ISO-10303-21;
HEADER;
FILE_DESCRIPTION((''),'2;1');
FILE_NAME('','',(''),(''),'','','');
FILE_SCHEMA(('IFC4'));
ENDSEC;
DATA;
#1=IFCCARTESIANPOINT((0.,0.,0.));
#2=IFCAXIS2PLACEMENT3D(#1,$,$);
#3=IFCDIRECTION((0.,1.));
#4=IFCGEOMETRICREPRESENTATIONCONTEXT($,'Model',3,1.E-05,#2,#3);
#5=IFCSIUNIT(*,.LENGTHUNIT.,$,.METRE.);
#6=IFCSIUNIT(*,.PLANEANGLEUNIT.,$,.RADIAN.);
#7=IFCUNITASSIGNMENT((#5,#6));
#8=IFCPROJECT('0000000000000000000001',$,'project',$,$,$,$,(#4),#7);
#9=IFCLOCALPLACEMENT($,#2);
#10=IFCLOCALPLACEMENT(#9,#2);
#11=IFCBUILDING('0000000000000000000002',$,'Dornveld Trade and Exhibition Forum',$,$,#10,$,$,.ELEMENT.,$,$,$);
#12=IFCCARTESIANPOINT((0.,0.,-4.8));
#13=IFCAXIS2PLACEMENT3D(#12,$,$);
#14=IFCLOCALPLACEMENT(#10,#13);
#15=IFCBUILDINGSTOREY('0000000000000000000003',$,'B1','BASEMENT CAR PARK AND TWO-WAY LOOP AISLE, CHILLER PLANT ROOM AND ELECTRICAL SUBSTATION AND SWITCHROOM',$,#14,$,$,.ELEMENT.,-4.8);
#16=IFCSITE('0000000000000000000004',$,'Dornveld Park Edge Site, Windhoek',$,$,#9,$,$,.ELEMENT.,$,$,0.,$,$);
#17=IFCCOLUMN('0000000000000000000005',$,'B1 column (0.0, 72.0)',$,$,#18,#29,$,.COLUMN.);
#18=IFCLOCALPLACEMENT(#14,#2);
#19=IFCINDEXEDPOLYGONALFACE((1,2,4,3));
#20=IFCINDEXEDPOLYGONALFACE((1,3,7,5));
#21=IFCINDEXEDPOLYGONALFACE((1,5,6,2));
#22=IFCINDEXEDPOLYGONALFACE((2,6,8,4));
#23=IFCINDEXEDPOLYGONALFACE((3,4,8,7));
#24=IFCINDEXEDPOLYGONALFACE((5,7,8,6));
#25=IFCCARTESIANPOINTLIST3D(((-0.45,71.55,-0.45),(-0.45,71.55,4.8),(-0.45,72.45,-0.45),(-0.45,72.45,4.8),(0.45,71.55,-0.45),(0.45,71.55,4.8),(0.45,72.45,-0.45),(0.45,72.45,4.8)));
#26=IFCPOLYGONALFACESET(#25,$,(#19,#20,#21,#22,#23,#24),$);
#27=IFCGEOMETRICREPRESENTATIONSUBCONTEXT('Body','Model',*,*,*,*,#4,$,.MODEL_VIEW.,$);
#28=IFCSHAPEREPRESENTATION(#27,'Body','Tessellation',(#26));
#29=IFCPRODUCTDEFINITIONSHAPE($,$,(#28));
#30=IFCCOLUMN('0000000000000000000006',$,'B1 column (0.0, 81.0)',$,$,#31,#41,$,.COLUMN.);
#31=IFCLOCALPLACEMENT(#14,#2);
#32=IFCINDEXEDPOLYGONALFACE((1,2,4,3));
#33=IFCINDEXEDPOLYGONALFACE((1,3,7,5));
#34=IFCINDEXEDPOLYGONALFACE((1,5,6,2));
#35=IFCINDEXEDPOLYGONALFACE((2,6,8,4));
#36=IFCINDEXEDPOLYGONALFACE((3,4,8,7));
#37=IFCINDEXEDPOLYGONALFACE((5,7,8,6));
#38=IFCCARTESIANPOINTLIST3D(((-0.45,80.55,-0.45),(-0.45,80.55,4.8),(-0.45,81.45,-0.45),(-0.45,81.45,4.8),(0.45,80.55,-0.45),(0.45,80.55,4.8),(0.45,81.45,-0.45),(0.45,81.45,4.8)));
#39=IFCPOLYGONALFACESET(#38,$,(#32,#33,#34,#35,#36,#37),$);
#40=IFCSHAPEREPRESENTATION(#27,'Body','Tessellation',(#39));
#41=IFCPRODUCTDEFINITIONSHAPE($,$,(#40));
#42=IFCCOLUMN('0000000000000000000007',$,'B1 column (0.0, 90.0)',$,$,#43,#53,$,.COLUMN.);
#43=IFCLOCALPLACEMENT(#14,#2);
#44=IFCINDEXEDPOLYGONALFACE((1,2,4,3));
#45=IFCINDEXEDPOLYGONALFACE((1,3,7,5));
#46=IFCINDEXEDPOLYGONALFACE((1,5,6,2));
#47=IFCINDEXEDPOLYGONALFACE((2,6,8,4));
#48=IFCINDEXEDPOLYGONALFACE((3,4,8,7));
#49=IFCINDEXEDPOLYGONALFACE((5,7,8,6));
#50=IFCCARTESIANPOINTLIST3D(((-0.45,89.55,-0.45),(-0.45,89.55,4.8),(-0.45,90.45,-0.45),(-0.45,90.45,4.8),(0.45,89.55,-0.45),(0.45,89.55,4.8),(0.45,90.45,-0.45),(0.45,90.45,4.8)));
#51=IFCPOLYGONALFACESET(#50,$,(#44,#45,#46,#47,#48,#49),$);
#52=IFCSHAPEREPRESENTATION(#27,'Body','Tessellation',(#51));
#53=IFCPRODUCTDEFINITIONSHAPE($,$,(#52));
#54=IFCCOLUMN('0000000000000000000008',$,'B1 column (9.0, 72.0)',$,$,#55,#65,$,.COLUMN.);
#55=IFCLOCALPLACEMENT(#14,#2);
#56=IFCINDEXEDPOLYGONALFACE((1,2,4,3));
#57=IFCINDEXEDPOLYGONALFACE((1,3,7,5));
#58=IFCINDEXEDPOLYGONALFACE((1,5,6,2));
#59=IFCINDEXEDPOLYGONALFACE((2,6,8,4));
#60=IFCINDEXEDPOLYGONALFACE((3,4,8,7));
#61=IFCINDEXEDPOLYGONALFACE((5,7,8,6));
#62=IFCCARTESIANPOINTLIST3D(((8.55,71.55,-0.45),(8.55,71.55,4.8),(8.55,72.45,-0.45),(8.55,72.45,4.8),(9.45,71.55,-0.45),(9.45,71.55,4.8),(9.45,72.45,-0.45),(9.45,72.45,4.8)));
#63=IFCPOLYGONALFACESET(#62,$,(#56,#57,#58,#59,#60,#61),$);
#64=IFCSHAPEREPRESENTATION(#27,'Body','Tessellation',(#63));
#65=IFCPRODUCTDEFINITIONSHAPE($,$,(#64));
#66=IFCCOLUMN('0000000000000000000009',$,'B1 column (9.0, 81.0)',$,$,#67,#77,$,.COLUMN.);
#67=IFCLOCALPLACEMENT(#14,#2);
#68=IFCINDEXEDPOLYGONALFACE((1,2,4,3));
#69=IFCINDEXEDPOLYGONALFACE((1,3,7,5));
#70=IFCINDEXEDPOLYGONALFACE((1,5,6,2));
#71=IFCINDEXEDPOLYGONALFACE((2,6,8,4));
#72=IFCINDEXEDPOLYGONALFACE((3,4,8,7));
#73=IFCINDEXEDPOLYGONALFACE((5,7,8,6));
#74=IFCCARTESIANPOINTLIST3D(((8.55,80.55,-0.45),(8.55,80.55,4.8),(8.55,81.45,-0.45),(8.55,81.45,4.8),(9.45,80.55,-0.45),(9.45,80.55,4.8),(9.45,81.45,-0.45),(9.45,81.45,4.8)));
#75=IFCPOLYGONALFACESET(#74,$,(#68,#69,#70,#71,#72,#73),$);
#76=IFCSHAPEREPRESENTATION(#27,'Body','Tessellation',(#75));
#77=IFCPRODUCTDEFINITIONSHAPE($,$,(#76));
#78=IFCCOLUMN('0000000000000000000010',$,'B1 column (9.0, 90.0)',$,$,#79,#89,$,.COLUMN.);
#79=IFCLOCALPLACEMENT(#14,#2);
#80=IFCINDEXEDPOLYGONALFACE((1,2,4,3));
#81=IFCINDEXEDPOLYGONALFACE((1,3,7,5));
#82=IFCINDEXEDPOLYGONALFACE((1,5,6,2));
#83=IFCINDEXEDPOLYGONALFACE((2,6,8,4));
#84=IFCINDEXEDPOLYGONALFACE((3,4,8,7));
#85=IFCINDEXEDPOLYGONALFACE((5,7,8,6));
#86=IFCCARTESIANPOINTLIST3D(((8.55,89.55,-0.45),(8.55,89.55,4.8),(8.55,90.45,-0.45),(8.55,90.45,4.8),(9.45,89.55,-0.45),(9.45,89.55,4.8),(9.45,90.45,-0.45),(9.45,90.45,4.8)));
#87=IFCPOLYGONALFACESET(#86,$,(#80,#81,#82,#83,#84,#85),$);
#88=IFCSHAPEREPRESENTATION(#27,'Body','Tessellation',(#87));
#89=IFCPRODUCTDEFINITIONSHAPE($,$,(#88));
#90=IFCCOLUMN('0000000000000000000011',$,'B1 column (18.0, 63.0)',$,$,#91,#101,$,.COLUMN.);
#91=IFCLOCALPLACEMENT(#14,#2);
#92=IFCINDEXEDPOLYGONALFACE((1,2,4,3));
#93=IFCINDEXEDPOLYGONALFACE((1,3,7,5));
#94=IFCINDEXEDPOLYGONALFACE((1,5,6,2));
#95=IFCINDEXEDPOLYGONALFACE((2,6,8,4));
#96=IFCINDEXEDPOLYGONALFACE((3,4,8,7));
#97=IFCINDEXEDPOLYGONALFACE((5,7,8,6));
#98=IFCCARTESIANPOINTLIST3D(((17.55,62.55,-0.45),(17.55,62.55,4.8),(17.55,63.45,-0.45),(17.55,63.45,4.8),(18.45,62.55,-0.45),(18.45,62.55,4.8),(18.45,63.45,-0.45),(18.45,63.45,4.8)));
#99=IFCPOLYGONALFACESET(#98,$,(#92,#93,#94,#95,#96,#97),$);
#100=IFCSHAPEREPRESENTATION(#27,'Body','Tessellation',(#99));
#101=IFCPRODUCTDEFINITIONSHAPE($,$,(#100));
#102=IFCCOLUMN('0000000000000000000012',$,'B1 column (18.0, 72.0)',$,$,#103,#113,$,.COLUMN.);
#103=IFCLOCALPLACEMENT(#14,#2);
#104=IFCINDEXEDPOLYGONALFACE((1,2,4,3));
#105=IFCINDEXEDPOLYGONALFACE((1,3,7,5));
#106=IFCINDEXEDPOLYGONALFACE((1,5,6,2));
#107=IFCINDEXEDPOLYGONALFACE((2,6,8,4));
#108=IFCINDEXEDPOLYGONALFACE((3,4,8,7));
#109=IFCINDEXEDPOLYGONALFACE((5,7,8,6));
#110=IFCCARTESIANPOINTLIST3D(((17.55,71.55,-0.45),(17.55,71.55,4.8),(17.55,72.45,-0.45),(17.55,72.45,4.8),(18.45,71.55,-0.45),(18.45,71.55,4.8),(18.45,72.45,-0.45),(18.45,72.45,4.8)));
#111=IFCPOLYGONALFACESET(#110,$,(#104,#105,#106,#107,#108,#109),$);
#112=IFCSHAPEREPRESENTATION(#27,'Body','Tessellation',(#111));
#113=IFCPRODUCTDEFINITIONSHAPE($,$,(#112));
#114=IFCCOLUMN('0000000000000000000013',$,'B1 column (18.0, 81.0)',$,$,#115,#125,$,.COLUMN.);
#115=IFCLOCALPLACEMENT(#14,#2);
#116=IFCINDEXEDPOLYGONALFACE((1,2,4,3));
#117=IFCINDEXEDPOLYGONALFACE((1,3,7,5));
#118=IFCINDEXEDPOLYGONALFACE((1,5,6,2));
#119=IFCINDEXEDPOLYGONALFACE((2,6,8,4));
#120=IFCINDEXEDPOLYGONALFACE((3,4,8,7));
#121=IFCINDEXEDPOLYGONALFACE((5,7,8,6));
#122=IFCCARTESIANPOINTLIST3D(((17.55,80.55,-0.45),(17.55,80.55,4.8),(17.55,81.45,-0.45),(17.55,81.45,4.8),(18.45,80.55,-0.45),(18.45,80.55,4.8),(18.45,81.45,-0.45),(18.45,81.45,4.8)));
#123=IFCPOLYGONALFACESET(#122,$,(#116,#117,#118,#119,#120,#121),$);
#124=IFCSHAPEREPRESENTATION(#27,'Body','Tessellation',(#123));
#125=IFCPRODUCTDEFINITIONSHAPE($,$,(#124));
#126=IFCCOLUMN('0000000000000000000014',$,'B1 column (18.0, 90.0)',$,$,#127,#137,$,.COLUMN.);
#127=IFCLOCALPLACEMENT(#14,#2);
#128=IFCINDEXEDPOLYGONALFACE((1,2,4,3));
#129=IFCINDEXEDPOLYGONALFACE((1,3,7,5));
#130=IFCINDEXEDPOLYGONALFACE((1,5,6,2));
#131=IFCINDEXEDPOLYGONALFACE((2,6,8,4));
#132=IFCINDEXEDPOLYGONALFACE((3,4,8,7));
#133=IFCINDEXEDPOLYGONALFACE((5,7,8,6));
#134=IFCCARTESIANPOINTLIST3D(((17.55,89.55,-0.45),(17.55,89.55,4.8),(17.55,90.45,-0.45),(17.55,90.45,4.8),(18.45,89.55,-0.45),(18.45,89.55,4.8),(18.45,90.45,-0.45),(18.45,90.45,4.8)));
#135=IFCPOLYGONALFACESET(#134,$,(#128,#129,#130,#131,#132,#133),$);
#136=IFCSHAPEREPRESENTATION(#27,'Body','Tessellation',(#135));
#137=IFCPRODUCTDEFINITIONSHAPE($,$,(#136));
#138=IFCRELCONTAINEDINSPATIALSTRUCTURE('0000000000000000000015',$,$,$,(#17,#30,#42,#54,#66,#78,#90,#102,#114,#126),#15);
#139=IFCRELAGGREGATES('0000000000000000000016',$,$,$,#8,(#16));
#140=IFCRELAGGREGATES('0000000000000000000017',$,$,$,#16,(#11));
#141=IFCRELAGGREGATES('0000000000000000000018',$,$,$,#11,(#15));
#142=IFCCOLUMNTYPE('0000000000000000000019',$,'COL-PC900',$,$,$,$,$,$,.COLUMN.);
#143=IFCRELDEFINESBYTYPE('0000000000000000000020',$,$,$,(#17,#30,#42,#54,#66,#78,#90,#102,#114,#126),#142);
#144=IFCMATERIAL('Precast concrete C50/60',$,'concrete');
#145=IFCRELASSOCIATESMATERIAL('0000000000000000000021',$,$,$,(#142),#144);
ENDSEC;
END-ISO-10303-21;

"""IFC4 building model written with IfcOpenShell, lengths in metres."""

from ifc_helpers import new_model, si_unit, direction, frame, origin, origin_2d, place, context, subcontext, project, spatial, rectangle, extrude, material, material_profile, profile_set, type_object, element, save


model = new_model("IFC4")

# Units and contexts
model_context = context("Model", 3, precision=1e-05, world=origin(), true_north=direction((0.0, 1.0)))
body_context = subcontext(model_context, "Body", "Model", "MODEL_VIEW")
ifc_project = project(units=[si_unit("LENGTHUNIT", "METRE"), si_unit("PLANEANGLEUNIT", "RADIAN")], contexts=[model_context])

# Site, building, storey
site_placement = place(None, origin())
site = spatial("IfcSite", under=ifc_project, at=site_placement, Name="Dornveld Park Edge Site, Windhoek", CompositionType="ELEMENT", RefElevation=0.0)
building_placement = place(site_placement, origin())
building = spatial("IfcBuilding", under=site, at=building_placement, Name="Dornveld Trade and Exhibition Forum", CompositionType="ELEMENT")
storey_placement = place(building_placement, frame((0.0, 0.0, -4.8)))
storey = spatial("IfcBuildingStorey", under=building, at=storey_placement, Name="B1", Description="BASEMENT CAR PARK AND TWO-WAY LOOP AISLE, CHILLER PLANT ROOM AND ELECTRICAL SUBSTATION AND SWITCHROOM", CompositionType="ELEMENT", Elevation=-4.8)

# Columns
ifc_material_1 = material(Name="Precast concrete C50/60", Category="concrete")
ifc_material_profile_1 = material_profile(ifc_material_1, rectangle(XDim=0.8999, YDim=0.8999, at=origin_2d()), Name="PC-COL 900x900")
ifc_profile_set_1 = profile_set([ifc_material_profile_1], Name="Precast concrete C50/60")
column_type_1 = type_object("IfcColumnType", Name="COL-PC900", PredefinedType="COLUMN", material=ifc_profile_set_1)
for number, where, z_axis, x_axis, name in (
    (1, (0.0, 72.0, -0.45), (0.0, 0.0, 1.0), (1.0, 0.0, 0.0), "B1 column (0.0, 72.0)"),
    (2, (0.0, 81.0, -0.45), (0.0, 0.0, 1.0), (1.0, 0.0, 0.0), "B1 column (0.0, 81.0)"),
    (3, (0.0, 90.0, -0.45), (0.0, 0.0, 1.0), (1.0, 0.0, 0.0), "B1 column (0.0, 90.0)"),
    (4, (9.0, 72.0, -0.45), (0.0, 0.0, 1.0), (1.0, 0.0, 0.0), "B1 column (9.0, 72.0)"),
    (5, (9.0, 81.0, -0.45), (0.0, 0.0, 1.0), (1.0, 0.0, 0.0), "B1 column (9.0, 81.0)"),
    (6, (9.0, 90.0, -0.45), (0.0, 0.0, 1.0), (1.0, 0.0, 0.0), "B1 column (9.0, 90.0)"),
    (7, (18.0, 63.0, -0.45), (0.0, 0.0, 1.0), (1.0, 0.0, 0.0), "B1 column (18.0, 63.0)"),
    (8, (18.0, 72.0, -0.45), (0.0, 0.0, 1.0), (1.0, 0.0, 0.0), "B1 column (18.0, 72.0)"),
    (9, (18.0, 81.0, -0.45), (0.0, 0.0, 1.0), (1.0, 0.0, 0.0), "B1 column (18.0, 81.0)"),
    (10, (18.0, 90.0, -0.45), (0.0, 0.0, 1.0), (1.0, 0.0, 0.0), "B1 column (18.0, 90.0)"),
):
    element("IfcColumn", number, at=place(storey_placement, frame(where, z_axis=z_axis, x_axis=x_axis)), inside=storey, type_object=column_type_1, Name=name, PredefinedType="COLUMN", context=body_context, shape_type="SweptSolid", body=[
        extrude(rectangle(XDim=0.8999, YDim=0.8999, at=origin_2d()), origin(), (0.0, 0.0, 1.0), 5.25),
    ])

save(model, "model.ifc")
